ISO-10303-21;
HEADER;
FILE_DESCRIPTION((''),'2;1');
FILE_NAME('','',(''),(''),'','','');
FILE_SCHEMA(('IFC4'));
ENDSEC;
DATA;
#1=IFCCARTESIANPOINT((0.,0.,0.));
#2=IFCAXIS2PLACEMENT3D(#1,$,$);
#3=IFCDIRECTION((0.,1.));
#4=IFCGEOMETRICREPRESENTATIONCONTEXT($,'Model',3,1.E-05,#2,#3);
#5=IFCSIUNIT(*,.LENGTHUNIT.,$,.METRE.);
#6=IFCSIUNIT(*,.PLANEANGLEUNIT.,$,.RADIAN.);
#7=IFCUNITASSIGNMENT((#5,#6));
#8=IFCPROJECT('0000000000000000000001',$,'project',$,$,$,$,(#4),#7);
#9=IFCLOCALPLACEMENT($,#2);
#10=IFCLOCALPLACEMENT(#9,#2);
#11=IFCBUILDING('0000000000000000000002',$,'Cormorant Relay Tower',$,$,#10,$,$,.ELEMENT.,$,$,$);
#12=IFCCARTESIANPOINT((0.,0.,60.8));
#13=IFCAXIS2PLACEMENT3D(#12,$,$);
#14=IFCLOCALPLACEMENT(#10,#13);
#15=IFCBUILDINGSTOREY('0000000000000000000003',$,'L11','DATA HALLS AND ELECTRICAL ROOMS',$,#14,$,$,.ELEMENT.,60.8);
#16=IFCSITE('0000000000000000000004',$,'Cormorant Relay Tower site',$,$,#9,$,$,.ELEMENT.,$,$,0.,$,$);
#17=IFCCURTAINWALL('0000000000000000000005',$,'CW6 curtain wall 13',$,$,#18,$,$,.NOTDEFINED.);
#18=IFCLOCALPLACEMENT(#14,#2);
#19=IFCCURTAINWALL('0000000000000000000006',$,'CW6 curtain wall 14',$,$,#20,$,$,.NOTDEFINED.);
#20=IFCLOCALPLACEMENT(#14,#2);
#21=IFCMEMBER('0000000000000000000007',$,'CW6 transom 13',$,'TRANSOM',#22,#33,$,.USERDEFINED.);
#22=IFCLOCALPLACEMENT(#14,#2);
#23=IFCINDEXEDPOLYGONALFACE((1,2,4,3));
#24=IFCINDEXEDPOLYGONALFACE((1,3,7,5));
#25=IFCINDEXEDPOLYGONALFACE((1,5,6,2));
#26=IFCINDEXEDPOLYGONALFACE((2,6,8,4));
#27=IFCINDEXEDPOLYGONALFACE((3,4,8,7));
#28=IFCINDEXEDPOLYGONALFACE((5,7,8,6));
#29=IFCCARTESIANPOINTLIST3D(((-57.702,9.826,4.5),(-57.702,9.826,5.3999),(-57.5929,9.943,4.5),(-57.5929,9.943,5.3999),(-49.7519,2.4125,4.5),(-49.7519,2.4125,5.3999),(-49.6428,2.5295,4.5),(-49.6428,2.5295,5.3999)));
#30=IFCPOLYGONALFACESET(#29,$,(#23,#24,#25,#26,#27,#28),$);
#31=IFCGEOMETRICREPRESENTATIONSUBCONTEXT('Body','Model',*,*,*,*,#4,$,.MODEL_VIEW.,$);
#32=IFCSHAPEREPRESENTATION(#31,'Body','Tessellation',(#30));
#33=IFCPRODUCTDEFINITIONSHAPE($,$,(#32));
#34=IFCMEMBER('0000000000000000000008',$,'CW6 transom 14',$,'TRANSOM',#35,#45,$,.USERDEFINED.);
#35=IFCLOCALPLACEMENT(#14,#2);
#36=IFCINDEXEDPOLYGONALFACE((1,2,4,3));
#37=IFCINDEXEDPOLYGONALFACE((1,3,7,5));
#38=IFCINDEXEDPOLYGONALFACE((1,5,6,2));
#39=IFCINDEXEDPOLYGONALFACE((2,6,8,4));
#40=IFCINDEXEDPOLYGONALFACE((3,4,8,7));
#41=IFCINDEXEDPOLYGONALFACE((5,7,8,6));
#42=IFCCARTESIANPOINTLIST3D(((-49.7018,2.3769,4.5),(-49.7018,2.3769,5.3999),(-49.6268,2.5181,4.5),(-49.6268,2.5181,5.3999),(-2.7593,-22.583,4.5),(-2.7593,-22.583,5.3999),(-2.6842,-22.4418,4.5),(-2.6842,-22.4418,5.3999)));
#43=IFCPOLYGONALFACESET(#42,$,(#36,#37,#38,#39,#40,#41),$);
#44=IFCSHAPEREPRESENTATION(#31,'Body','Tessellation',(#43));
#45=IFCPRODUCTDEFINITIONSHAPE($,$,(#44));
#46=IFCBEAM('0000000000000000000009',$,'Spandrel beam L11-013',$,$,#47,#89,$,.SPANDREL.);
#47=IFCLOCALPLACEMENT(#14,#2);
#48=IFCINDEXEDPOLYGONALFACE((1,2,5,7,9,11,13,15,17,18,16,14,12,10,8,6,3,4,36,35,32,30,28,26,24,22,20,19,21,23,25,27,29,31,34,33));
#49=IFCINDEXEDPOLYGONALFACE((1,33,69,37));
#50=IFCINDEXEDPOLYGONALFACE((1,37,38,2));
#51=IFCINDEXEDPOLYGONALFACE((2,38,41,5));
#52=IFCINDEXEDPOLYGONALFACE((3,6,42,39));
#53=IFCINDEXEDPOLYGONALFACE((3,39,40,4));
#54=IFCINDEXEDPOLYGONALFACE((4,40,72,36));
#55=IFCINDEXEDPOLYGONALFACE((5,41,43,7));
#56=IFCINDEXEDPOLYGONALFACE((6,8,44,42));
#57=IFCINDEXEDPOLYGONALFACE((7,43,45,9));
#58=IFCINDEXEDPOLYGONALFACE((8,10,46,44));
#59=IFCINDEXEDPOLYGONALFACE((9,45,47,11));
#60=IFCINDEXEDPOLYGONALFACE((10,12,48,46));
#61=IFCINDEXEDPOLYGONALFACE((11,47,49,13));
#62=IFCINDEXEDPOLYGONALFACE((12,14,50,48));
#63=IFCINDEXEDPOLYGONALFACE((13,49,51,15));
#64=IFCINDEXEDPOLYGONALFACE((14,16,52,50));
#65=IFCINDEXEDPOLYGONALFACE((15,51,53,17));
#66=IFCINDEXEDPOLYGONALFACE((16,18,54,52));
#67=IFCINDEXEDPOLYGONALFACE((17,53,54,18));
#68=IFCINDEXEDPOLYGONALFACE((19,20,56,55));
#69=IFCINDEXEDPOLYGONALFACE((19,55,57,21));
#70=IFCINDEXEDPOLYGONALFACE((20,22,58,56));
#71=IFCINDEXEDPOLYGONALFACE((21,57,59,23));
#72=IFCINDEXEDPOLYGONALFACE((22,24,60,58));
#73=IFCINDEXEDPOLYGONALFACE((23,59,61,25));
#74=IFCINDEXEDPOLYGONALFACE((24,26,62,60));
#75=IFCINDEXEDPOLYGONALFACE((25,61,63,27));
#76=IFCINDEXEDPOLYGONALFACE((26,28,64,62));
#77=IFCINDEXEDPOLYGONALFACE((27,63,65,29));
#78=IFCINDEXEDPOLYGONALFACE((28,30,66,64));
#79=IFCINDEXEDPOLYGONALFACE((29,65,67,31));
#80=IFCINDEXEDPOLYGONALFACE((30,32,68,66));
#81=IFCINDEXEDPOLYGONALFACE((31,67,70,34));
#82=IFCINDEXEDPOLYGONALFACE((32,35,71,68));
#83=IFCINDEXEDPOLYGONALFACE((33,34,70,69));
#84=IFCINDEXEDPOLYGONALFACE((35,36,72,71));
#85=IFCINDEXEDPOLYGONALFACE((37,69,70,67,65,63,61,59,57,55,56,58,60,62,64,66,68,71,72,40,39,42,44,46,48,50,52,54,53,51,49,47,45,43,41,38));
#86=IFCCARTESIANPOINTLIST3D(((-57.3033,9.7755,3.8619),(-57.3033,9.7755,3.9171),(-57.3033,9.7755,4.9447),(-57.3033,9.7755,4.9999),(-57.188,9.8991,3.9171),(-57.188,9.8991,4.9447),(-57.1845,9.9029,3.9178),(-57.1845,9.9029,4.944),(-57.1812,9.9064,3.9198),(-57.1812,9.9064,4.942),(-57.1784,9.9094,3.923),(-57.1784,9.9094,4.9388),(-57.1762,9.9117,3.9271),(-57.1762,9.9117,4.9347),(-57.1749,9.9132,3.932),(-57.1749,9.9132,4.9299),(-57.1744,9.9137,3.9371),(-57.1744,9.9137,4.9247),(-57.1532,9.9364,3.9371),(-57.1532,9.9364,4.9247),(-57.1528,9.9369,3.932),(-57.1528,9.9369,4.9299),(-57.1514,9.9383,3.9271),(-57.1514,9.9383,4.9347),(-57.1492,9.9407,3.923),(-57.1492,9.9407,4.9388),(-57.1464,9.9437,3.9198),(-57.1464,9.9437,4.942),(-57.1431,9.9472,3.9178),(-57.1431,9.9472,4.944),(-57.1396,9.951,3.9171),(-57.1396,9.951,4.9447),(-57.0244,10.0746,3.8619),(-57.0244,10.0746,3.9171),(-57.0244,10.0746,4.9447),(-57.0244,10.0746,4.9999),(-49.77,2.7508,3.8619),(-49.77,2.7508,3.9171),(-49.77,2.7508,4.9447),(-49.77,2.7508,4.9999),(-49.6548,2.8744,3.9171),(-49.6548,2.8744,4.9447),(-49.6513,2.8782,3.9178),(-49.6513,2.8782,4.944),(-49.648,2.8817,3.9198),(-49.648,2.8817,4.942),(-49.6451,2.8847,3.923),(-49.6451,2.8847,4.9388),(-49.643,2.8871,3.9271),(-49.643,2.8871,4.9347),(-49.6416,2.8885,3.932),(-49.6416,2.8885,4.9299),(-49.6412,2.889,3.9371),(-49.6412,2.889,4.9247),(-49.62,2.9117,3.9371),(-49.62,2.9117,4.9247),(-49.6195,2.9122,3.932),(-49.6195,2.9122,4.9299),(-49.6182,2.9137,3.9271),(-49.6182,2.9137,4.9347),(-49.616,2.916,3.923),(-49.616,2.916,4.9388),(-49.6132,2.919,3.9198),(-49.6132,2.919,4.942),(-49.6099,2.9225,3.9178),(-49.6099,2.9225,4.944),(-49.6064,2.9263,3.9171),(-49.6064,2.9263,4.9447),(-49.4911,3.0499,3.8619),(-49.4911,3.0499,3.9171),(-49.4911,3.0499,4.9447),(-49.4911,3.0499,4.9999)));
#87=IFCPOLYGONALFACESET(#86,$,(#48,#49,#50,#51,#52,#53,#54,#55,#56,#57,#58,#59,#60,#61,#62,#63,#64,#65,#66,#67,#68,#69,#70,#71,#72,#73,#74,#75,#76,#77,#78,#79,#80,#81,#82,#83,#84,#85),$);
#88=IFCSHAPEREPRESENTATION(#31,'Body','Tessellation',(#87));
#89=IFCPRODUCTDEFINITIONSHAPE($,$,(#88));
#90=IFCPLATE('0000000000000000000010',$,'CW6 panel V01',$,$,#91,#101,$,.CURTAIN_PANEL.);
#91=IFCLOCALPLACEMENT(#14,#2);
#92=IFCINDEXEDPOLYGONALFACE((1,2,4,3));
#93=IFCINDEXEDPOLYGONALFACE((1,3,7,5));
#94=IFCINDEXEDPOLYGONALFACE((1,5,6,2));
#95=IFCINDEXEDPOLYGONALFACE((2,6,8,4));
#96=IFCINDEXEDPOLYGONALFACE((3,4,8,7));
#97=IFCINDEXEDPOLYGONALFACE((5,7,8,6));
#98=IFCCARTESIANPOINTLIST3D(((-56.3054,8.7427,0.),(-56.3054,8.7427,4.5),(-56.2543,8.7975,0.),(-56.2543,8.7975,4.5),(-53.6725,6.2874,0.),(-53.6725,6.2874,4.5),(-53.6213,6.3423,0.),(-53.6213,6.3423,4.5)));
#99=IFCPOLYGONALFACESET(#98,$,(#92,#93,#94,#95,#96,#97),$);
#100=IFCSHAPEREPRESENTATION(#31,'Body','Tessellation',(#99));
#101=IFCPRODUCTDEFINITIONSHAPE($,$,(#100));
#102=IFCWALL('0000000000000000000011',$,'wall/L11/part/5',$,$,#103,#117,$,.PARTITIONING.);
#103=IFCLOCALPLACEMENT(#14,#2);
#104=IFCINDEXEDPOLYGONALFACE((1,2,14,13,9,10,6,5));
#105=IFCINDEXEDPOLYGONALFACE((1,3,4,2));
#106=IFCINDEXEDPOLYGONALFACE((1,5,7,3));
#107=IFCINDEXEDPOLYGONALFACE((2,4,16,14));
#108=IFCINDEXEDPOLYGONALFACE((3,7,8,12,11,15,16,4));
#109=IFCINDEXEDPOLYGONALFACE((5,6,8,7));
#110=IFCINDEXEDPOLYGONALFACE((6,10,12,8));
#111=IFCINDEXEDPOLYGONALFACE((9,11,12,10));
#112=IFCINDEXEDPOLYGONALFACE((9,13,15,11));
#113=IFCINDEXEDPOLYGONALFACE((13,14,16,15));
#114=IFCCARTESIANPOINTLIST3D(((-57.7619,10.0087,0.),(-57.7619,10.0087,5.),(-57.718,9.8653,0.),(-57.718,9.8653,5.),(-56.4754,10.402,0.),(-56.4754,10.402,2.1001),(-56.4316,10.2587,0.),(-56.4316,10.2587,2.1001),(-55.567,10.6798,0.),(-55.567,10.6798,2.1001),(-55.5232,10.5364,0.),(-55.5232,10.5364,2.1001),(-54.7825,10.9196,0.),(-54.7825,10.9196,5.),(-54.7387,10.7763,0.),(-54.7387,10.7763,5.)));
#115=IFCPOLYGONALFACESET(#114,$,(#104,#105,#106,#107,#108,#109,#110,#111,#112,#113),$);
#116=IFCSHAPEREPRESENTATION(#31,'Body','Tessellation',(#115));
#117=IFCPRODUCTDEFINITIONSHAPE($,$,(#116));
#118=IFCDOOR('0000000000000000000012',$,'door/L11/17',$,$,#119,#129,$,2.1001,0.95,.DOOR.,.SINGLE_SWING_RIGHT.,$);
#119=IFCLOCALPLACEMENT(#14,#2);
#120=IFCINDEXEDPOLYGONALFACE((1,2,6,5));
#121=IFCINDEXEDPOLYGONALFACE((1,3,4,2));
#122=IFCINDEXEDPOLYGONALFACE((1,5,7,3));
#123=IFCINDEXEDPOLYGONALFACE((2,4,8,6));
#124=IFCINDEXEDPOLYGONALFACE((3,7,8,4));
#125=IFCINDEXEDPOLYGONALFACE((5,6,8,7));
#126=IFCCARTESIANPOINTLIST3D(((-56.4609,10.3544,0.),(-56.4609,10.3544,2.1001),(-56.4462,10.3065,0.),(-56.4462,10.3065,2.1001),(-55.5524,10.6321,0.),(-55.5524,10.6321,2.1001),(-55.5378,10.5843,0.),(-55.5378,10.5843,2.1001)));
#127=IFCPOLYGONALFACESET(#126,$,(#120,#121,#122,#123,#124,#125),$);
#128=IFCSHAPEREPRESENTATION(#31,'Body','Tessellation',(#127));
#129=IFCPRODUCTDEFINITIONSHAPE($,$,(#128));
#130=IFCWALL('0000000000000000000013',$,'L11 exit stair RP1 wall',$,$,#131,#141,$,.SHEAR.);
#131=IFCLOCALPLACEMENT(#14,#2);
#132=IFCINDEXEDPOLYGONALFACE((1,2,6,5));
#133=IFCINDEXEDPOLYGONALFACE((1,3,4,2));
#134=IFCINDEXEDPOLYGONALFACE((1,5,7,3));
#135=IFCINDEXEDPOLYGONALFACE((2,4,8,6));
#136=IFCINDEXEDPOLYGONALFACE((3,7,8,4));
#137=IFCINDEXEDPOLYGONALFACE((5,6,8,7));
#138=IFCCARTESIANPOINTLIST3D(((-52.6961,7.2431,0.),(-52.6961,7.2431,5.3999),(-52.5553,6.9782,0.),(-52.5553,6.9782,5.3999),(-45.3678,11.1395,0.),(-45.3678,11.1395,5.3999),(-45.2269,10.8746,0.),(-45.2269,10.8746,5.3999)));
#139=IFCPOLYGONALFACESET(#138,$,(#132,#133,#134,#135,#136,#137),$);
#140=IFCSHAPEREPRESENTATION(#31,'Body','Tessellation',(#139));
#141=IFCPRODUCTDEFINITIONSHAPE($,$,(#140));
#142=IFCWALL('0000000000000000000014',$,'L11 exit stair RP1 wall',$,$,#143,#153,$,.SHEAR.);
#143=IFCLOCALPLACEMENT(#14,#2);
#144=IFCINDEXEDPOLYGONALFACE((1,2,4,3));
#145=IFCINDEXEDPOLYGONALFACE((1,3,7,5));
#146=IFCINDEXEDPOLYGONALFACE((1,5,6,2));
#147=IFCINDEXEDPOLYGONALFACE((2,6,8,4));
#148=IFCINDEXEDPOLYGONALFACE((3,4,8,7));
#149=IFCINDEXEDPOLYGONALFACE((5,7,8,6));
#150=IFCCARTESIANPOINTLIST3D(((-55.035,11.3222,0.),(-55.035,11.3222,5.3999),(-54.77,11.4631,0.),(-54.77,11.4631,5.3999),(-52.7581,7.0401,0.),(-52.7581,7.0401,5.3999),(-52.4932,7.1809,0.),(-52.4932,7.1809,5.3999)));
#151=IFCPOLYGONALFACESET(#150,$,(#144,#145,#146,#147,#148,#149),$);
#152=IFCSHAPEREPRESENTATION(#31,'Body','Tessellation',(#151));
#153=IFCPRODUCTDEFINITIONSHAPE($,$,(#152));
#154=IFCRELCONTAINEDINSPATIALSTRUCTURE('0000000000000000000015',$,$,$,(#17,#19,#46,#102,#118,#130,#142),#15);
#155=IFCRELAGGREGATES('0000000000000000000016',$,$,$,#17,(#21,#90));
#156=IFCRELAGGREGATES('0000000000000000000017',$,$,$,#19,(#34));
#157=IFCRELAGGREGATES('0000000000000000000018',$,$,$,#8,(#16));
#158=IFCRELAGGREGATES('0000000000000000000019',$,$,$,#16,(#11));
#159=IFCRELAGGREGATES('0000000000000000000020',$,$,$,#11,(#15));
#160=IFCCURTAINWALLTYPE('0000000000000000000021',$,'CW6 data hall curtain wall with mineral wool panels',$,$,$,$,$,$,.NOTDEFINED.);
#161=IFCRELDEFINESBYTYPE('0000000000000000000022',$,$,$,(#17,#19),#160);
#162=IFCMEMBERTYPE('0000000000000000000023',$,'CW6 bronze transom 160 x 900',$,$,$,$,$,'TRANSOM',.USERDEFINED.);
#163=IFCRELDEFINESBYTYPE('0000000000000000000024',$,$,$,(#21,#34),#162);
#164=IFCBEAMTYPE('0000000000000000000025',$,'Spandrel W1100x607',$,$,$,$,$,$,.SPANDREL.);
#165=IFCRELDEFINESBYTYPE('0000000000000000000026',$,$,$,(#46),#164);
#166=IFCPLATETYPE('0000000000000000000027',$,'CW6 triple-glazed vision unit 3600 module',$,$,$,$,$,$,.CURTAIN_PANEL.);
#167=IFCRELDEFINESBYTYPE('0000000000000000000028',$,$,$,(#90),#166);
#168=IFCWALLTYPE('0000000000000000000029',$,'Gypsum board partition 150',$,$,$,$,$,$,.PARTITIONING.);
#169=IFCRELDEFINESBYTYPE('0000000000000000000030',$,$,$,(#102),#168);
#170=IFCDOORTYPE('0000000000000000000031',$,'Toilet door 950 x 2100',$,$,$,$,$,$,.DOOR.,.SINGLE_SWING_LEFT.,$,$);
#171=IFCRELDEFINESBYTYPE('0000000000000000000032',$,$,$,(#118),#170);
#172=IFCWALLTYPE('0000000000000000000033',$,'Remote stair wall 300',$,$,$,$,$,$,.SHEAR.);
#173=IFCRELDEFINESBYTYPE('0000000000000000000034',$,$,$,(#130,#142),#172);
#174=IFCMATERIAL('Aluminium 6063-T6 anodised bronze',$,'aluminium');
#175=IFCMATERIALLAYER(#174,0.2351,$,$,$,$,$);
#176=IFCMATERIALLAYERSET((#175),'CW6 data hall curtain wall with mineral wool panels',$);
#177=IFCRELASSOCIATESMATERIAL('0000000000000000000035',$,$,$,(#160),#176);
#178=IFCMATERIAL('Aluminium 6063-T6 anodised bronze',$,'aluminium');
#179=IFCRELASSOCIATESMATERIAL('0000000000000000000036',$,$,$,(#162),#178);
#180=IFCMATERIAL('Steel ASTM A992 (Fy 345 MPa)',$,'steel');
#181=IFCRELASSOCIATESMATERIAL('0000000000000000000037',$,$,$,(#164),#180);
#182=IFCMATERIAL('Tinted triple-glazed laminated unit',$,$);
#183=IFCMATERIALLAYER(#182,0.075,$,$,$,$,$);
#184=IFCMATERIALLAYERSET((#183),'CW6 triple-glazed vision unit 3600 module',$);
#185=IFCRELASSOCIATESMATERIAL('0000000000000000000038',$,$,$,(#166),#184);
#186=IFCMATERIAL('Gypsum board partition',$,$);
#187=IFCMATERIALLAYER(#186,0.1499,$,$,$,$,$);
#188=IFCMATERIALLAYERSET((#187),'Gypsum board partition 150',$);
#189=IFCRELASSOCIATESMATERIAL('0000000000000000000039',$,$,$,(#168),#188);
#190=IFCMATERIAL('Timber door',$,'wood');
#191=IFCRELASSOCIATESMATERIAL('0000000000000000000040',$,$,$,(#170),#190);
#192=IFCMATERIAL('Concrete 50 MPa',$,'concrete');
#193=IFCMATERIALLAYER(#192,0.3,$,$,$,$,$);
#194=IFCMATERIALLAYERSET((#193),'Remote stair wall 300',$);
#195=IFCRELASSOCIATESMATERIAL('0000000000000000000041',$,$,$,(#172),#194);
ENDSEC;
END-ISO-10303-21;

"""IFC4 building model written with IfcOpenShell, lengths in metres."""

from ifc_helpers import new_model, si_unit, direction, frame, frame_2d, origin, origin_2d, place, context, subcontext, project, spatial, rectangle, i_section, extrude, material, layer, layer_set, material_profile, profile_set, type_object, element, fill, aggregate, save


model = new_model("IFC4")

# Units and contexts
model_context = context("Model", 3, precision=1e-05, world=origin(), true_north=direction((0.0, 1.0)))
body_context = subcontext(model_context, "Body", "Model", "MODEL_VIEW")
ifc_project = project(units=[si_unit("LENGTHUNIT", "METRE"), si_unit("PLANEANGLEUNIT", "RADIAN")], contexts=[model_context])

# Site, building, storey
site_placement = place(None, origin())
site = spatial("IfcSite", under=ifc_project, at=site_placement, Name="Cormorant Relay Tower site", CompositionType="ELEMENT", RefElevation=0.0)
building_placement = place(site_placement, origin())
building = spatial("IfcBuilding", under=site, at=building_placement, Name="Cormorant Relay Tower", CompositionType="ELEMENT")
storey_placement = place(building_placement, frame((0.0, 0.0, 60.8)))
storey = spatial("IfcBuildingStorey", under=building, at=storey_placement, Name="L11", Description="DATA HALLS AND ELECTRICAL ROOMS", CompositionType="ELEMENT", Elevation=60.8)

# Curtain wall
ifc_material_1 = material(Name="Aluminium 6063-T6 anodised bronze", Category="aluminium")
ifc_layer_1 = layer(ifc_material_1, 0.2351)
ifc_layer_set_1 = layer_set([ifc_layer_1], Name="CW6 data hall curtain wall with mineral wool panels")
curtain_wall_type = type_object("IfcCurtainWallType", Name="CW6 data hall curtain wall with mineral wool panels", PredefinedType="NOTDEFINED", material=ifc_layer_set_1)
curtain_wall_1_placement = place(storey_placement, origin())
curtain_wall_1 = element("IfcCurtainWall", 1, at=curtain_wall_1_placement, inside=storey, type_object=curtain_wall_type, Name="CW6 curtain wall 13", PredefinedType="NOTDEFINED")

# Curtain wall
curtain_wall_2_placement = place(storey_placement, origin())
curtain_wall_2 = element("IfcCurtainWall", 2, at=curtain_wall_2_placement, inside=storey, type_object=curtain_wall_type, Name="CW6 curtain wall 14", PredefinedType="NOTDEFINED")

# Members
ifc_material_2 = material(Name="Aluminium 6063-T6 anodised bronze", Category="aluminium")
ifc_material_profile_1 = material_profile(ifc_material_2, rectangle(XDim=0.1599, YDim=0.8999, at=origin_2d()), Name="AL 160x900")
ifc_profile_set_1 = profile_set([ifc_material_profile_1], Name="Aluminium 6063-T6 anodised bronze")
member_type_1 = type_object("IfcMemberType", Name="CW6 bronze transom 160 x 900", ElementType="TRANSOM", PredefinedType="USERDEFINED", material=ifc_profile_set_1)
member_1_placement = place(storey_placement, frame((-57.6475, 9.8845, 4.95), z_axis=(0.731358, -0.681993, 0.0), x_axis=(0.681993, 0.731358, 0.0)))
member_1 = element("IfcMember", 3, at=member_1_placement, type_object=member_type_1, Name="CW6 transom 13", ObjectType="TRANSOM", PredefinedType="USERDEFINED", context=body_context, shape_type="SweptSolid", body=[
    extrude(rectangle(XDim=0.1599, YDim=0.8999, at=origin_2d()), origin(), (0.0, 0.0, 1.0), 10.8704),
])
member_2_placement = place(storey_placement, frame((-49.6643, 2.4475, 4.95), z_axis=(0.882947, -0.469473, 0.0), x_axis=(0.469473, 0.882947, 0.0)))
member_2 = element("IfcMember", 4, at=member_2_placement, type_object=member_type_1, Name="CW6 transom 14", ObjectType="TRANSOM", PredefinedType="USERDEFINED", context=body_context, shape_type="SweptSolid", body=[
    extrude(rectangle(XDim=0.1599, YDim=0.8999, at=origin_2d()), origin(), (0.0, 0.0, 1.0), 53.1658),
])

# Beam
ifc_material_3 = material(Name="Steel ASTM A992 (Fy 345 MPa)", Category="steel")
ifc_material_profile_2 = material_profile(ifc_material_3, i_section(OverallWidth=0.4089, OverallDepth=1.1379, WebThickness=0.031, FlangeThickness=0.0552, FilletRadius=0.02, at=origin_2d()), Name="W1100x607")
ifc_profile_set_2 = profile_set([ifc_material_profile_2], Name="Steel ASTM A992 (Fy 345 MPa)")
beam_type = type_object("IfcBeamType", Name="Spandrel W1100x607", PredefinedType="SPANDREL", material=ifc_profile_set_2)
beam_placement = place(storey_placement, frame((-57.1638, 9.925, 4.4309), z_axis=(0.731362, -0.68199, 0.0), x_axis=(0.68199, 0.731362, 0.0)))
element("IfcBeam", 5, at=beam_placement, inside=storey, type_object=beam_type, Name="Spandrel beam L11-013", PredefinedType="SPANDREL", context=body_context, shape_type="SweptSolid", body=[
    extrude(i_section(OverallWidth=0.4089, OverallDepth=1.1379, WebThickness=0.031, FlangeThickness=0.0552, FilletRadius=0.02, at=origin_2d()), origin(), (0.0, 0.0, 1.0), 10.3003),
])

# Plate
ifc_material_4 = material(Name="Tinted triple-glazed laminated unit")
ifc_layer_2 = layer(ifc_material_4, 0.075)
ifc_layer_set_2 = layer_set([ifc_layer_2], Name="CW6 triple-glazed vision unit 3600 module")
plate_type = type_object("IfcPlateType", Name="CW6 triple-glazed vision unit 3600 module", PredefinedType="CURTAIN_PANEL", material=ifc_layer_set_2)
plate_placement = place(storey_placement, frame((-54.9634, 7.5425, 0.0), z_axis=(0.0, 0.0, 1.0), x_axis=(0.731354, -0.681998, 0.0)))
plate = element("IfcPlate", 6, at=plate_placement, type_object=plate_type, Name="CW6 panel V01", PredefinedType="CURTAIN_PANEL", context=body_context, shape_type="SweptSolid", body=[
    extrude(rectangle(XDim=3.6001, YDim=0.075, at=origin_2d()), origin(), (0.0, 0.0, 1.0), 4.5),
])

# Wall, opening, door
ifc_material_5 = material(Name="Gypsum board partition")
ifc_layer_3 = layer(ifc_material_5, 0.1499)
ifc_layer_set_3 = layer_set([ifc_layer_3], Name="Gypsum board partition 150")
wall_type_1 = type_object("IfcWallType", Name="Gypsum board partition 150", PredefinedType="PARTITIONING", material=ifc_layer_set_3)
wall_1_placement = place(storey_placement, frame((-54.7607, 10.8479, 0.0), z_axis=(0.0, 0.0, 1.0), x_axis=(-0.956301, -0.292384, 0.0)))
wall_1 = element("IfcWall", 7, at=wall_1_placement, inside=storey, type_object=wall_type_1, Name="wall/L11/part/5", PredefinedType="PARTITIONING", context=body_context, shape_type="SweptSolid", body=[
    extrude(rectangle(XDim=3.1155, YDim=0.1499, at=frame_2d((1.5576, 0.0))), origin(), (0.0, 0.0, 1.0), 5.0),
])
opening_1_placement = place(wall_1_placement, frame((0.8201, 0.0, 0.0)))
opening_1 = element("IfcOpeningElement", 8, at=opening_1_placement, cuts=wall_1, PredefinedType="OPENING", context=body_context, shape_type="SweptSolid", body=[
    extrude(rectangle(XDim=0.95, YDim=2.1001, at=frame_2d((0.4751, 1.05))), frame((0.0, 0.085, 0.0), z_axis=(0.0, -1.0, 0.0), x_axis=(1.0, 0.0, 0.0)), (0.0, 0.0, 1.0), 0.1699),
])
ifc_material_6 = material(Name="Timber door", Category="wood")
door_type_1 = type_object("IfcDoorType", Name="Toilet door 950 x 2100", OperationType="SINGLE_SWING_LEFT", PredefinedType="DOOR", material=ifc_material_6)
door_1_placement = place(opening_1_placement, origin())
door_1 = element("IfcDoor", 9, at=door_1_placement, inside=storey, type_object=door_type_1, Name="door/L11/17", OperationType="SINGLE_SWING_RIGHT", OverallHeight=2.1001, OverallWidth=0.95, PredefinedType="DOOR", context=body_context, shape_type="SweptSolid", body=[
    extrude(rectangle(XDim=0.95, YDim=2.1001, at=frame_2d((0.4751, 1.05))), frame((0.0, 0.0249, 0.0), z_axis=(0.0, -1.0, 0.0), x_axis=(1.0, 0.0, 0.0)), (0.0, 0.0, 1.0), 0.05),
])
fill(opening_1, door_1)

# Walls
ifc_material_7 = material(Name="Concrete 50 MPa", Category="concrete")
ifc_layer_4 = layer(ifc_material_7, 0.3)
ifc_layer_set_4 = layer_set([ifc_layer_4], Name="Remote stair wall 300")
wall_type_2 = type_object("IfcWallType", Name="Remote stair wall 300", PredefinedType="SHEAR", material=ifc_layer_set_4)
wall_2_placement = place(storey_placement, frame((-45.2974, 11.0071, 0.0), z_axis=(0.0, 0.0, 1.0), x_axis=(-0.882952, -0.469464, 0.0)))
element("IfcWall", 10, at=wall_2_placement, inside=storey, type_object=wall_type_2, Name="L11 exit stair RP1 wall", PredefinedType="SHEAR", context=body_context, shape_type="SweptSolid", body=[
    extrude(rectangle(XDim=8.2998, YDim=0.3, at=frame_2d((4.1499, 0.0))), origin(), (0.0, 0.0, 1.0), 5.3999),
])
wall_3_placement = place(storey_placement, frame((-52.6257, 7.1106, 0.0), z_axis=(0.0, 0.0, 1.0), x_axis=(-0.469464, 0.882951, 0.0)))
element("IfcWall", 11, at=wall_3_placement, inside=storey, type_object=wall_type_2, Name="L11 exit stair RP1 wall", PredefinedType="SHEAR", context=body_context, shape_type="SweptSolid", body=[
    extrude(rectangle(XDim=4.8499, YDim=0.3, at=frame_2d((2.4248, 0.0))), origin(), (0.0, 0.0, 1.0), 5.3999),
])

aggregate(curtain_wall_1, [member_1, plate])
aggregate(curtain_wall_2, [member_2])

save(model, "model.ifc")
